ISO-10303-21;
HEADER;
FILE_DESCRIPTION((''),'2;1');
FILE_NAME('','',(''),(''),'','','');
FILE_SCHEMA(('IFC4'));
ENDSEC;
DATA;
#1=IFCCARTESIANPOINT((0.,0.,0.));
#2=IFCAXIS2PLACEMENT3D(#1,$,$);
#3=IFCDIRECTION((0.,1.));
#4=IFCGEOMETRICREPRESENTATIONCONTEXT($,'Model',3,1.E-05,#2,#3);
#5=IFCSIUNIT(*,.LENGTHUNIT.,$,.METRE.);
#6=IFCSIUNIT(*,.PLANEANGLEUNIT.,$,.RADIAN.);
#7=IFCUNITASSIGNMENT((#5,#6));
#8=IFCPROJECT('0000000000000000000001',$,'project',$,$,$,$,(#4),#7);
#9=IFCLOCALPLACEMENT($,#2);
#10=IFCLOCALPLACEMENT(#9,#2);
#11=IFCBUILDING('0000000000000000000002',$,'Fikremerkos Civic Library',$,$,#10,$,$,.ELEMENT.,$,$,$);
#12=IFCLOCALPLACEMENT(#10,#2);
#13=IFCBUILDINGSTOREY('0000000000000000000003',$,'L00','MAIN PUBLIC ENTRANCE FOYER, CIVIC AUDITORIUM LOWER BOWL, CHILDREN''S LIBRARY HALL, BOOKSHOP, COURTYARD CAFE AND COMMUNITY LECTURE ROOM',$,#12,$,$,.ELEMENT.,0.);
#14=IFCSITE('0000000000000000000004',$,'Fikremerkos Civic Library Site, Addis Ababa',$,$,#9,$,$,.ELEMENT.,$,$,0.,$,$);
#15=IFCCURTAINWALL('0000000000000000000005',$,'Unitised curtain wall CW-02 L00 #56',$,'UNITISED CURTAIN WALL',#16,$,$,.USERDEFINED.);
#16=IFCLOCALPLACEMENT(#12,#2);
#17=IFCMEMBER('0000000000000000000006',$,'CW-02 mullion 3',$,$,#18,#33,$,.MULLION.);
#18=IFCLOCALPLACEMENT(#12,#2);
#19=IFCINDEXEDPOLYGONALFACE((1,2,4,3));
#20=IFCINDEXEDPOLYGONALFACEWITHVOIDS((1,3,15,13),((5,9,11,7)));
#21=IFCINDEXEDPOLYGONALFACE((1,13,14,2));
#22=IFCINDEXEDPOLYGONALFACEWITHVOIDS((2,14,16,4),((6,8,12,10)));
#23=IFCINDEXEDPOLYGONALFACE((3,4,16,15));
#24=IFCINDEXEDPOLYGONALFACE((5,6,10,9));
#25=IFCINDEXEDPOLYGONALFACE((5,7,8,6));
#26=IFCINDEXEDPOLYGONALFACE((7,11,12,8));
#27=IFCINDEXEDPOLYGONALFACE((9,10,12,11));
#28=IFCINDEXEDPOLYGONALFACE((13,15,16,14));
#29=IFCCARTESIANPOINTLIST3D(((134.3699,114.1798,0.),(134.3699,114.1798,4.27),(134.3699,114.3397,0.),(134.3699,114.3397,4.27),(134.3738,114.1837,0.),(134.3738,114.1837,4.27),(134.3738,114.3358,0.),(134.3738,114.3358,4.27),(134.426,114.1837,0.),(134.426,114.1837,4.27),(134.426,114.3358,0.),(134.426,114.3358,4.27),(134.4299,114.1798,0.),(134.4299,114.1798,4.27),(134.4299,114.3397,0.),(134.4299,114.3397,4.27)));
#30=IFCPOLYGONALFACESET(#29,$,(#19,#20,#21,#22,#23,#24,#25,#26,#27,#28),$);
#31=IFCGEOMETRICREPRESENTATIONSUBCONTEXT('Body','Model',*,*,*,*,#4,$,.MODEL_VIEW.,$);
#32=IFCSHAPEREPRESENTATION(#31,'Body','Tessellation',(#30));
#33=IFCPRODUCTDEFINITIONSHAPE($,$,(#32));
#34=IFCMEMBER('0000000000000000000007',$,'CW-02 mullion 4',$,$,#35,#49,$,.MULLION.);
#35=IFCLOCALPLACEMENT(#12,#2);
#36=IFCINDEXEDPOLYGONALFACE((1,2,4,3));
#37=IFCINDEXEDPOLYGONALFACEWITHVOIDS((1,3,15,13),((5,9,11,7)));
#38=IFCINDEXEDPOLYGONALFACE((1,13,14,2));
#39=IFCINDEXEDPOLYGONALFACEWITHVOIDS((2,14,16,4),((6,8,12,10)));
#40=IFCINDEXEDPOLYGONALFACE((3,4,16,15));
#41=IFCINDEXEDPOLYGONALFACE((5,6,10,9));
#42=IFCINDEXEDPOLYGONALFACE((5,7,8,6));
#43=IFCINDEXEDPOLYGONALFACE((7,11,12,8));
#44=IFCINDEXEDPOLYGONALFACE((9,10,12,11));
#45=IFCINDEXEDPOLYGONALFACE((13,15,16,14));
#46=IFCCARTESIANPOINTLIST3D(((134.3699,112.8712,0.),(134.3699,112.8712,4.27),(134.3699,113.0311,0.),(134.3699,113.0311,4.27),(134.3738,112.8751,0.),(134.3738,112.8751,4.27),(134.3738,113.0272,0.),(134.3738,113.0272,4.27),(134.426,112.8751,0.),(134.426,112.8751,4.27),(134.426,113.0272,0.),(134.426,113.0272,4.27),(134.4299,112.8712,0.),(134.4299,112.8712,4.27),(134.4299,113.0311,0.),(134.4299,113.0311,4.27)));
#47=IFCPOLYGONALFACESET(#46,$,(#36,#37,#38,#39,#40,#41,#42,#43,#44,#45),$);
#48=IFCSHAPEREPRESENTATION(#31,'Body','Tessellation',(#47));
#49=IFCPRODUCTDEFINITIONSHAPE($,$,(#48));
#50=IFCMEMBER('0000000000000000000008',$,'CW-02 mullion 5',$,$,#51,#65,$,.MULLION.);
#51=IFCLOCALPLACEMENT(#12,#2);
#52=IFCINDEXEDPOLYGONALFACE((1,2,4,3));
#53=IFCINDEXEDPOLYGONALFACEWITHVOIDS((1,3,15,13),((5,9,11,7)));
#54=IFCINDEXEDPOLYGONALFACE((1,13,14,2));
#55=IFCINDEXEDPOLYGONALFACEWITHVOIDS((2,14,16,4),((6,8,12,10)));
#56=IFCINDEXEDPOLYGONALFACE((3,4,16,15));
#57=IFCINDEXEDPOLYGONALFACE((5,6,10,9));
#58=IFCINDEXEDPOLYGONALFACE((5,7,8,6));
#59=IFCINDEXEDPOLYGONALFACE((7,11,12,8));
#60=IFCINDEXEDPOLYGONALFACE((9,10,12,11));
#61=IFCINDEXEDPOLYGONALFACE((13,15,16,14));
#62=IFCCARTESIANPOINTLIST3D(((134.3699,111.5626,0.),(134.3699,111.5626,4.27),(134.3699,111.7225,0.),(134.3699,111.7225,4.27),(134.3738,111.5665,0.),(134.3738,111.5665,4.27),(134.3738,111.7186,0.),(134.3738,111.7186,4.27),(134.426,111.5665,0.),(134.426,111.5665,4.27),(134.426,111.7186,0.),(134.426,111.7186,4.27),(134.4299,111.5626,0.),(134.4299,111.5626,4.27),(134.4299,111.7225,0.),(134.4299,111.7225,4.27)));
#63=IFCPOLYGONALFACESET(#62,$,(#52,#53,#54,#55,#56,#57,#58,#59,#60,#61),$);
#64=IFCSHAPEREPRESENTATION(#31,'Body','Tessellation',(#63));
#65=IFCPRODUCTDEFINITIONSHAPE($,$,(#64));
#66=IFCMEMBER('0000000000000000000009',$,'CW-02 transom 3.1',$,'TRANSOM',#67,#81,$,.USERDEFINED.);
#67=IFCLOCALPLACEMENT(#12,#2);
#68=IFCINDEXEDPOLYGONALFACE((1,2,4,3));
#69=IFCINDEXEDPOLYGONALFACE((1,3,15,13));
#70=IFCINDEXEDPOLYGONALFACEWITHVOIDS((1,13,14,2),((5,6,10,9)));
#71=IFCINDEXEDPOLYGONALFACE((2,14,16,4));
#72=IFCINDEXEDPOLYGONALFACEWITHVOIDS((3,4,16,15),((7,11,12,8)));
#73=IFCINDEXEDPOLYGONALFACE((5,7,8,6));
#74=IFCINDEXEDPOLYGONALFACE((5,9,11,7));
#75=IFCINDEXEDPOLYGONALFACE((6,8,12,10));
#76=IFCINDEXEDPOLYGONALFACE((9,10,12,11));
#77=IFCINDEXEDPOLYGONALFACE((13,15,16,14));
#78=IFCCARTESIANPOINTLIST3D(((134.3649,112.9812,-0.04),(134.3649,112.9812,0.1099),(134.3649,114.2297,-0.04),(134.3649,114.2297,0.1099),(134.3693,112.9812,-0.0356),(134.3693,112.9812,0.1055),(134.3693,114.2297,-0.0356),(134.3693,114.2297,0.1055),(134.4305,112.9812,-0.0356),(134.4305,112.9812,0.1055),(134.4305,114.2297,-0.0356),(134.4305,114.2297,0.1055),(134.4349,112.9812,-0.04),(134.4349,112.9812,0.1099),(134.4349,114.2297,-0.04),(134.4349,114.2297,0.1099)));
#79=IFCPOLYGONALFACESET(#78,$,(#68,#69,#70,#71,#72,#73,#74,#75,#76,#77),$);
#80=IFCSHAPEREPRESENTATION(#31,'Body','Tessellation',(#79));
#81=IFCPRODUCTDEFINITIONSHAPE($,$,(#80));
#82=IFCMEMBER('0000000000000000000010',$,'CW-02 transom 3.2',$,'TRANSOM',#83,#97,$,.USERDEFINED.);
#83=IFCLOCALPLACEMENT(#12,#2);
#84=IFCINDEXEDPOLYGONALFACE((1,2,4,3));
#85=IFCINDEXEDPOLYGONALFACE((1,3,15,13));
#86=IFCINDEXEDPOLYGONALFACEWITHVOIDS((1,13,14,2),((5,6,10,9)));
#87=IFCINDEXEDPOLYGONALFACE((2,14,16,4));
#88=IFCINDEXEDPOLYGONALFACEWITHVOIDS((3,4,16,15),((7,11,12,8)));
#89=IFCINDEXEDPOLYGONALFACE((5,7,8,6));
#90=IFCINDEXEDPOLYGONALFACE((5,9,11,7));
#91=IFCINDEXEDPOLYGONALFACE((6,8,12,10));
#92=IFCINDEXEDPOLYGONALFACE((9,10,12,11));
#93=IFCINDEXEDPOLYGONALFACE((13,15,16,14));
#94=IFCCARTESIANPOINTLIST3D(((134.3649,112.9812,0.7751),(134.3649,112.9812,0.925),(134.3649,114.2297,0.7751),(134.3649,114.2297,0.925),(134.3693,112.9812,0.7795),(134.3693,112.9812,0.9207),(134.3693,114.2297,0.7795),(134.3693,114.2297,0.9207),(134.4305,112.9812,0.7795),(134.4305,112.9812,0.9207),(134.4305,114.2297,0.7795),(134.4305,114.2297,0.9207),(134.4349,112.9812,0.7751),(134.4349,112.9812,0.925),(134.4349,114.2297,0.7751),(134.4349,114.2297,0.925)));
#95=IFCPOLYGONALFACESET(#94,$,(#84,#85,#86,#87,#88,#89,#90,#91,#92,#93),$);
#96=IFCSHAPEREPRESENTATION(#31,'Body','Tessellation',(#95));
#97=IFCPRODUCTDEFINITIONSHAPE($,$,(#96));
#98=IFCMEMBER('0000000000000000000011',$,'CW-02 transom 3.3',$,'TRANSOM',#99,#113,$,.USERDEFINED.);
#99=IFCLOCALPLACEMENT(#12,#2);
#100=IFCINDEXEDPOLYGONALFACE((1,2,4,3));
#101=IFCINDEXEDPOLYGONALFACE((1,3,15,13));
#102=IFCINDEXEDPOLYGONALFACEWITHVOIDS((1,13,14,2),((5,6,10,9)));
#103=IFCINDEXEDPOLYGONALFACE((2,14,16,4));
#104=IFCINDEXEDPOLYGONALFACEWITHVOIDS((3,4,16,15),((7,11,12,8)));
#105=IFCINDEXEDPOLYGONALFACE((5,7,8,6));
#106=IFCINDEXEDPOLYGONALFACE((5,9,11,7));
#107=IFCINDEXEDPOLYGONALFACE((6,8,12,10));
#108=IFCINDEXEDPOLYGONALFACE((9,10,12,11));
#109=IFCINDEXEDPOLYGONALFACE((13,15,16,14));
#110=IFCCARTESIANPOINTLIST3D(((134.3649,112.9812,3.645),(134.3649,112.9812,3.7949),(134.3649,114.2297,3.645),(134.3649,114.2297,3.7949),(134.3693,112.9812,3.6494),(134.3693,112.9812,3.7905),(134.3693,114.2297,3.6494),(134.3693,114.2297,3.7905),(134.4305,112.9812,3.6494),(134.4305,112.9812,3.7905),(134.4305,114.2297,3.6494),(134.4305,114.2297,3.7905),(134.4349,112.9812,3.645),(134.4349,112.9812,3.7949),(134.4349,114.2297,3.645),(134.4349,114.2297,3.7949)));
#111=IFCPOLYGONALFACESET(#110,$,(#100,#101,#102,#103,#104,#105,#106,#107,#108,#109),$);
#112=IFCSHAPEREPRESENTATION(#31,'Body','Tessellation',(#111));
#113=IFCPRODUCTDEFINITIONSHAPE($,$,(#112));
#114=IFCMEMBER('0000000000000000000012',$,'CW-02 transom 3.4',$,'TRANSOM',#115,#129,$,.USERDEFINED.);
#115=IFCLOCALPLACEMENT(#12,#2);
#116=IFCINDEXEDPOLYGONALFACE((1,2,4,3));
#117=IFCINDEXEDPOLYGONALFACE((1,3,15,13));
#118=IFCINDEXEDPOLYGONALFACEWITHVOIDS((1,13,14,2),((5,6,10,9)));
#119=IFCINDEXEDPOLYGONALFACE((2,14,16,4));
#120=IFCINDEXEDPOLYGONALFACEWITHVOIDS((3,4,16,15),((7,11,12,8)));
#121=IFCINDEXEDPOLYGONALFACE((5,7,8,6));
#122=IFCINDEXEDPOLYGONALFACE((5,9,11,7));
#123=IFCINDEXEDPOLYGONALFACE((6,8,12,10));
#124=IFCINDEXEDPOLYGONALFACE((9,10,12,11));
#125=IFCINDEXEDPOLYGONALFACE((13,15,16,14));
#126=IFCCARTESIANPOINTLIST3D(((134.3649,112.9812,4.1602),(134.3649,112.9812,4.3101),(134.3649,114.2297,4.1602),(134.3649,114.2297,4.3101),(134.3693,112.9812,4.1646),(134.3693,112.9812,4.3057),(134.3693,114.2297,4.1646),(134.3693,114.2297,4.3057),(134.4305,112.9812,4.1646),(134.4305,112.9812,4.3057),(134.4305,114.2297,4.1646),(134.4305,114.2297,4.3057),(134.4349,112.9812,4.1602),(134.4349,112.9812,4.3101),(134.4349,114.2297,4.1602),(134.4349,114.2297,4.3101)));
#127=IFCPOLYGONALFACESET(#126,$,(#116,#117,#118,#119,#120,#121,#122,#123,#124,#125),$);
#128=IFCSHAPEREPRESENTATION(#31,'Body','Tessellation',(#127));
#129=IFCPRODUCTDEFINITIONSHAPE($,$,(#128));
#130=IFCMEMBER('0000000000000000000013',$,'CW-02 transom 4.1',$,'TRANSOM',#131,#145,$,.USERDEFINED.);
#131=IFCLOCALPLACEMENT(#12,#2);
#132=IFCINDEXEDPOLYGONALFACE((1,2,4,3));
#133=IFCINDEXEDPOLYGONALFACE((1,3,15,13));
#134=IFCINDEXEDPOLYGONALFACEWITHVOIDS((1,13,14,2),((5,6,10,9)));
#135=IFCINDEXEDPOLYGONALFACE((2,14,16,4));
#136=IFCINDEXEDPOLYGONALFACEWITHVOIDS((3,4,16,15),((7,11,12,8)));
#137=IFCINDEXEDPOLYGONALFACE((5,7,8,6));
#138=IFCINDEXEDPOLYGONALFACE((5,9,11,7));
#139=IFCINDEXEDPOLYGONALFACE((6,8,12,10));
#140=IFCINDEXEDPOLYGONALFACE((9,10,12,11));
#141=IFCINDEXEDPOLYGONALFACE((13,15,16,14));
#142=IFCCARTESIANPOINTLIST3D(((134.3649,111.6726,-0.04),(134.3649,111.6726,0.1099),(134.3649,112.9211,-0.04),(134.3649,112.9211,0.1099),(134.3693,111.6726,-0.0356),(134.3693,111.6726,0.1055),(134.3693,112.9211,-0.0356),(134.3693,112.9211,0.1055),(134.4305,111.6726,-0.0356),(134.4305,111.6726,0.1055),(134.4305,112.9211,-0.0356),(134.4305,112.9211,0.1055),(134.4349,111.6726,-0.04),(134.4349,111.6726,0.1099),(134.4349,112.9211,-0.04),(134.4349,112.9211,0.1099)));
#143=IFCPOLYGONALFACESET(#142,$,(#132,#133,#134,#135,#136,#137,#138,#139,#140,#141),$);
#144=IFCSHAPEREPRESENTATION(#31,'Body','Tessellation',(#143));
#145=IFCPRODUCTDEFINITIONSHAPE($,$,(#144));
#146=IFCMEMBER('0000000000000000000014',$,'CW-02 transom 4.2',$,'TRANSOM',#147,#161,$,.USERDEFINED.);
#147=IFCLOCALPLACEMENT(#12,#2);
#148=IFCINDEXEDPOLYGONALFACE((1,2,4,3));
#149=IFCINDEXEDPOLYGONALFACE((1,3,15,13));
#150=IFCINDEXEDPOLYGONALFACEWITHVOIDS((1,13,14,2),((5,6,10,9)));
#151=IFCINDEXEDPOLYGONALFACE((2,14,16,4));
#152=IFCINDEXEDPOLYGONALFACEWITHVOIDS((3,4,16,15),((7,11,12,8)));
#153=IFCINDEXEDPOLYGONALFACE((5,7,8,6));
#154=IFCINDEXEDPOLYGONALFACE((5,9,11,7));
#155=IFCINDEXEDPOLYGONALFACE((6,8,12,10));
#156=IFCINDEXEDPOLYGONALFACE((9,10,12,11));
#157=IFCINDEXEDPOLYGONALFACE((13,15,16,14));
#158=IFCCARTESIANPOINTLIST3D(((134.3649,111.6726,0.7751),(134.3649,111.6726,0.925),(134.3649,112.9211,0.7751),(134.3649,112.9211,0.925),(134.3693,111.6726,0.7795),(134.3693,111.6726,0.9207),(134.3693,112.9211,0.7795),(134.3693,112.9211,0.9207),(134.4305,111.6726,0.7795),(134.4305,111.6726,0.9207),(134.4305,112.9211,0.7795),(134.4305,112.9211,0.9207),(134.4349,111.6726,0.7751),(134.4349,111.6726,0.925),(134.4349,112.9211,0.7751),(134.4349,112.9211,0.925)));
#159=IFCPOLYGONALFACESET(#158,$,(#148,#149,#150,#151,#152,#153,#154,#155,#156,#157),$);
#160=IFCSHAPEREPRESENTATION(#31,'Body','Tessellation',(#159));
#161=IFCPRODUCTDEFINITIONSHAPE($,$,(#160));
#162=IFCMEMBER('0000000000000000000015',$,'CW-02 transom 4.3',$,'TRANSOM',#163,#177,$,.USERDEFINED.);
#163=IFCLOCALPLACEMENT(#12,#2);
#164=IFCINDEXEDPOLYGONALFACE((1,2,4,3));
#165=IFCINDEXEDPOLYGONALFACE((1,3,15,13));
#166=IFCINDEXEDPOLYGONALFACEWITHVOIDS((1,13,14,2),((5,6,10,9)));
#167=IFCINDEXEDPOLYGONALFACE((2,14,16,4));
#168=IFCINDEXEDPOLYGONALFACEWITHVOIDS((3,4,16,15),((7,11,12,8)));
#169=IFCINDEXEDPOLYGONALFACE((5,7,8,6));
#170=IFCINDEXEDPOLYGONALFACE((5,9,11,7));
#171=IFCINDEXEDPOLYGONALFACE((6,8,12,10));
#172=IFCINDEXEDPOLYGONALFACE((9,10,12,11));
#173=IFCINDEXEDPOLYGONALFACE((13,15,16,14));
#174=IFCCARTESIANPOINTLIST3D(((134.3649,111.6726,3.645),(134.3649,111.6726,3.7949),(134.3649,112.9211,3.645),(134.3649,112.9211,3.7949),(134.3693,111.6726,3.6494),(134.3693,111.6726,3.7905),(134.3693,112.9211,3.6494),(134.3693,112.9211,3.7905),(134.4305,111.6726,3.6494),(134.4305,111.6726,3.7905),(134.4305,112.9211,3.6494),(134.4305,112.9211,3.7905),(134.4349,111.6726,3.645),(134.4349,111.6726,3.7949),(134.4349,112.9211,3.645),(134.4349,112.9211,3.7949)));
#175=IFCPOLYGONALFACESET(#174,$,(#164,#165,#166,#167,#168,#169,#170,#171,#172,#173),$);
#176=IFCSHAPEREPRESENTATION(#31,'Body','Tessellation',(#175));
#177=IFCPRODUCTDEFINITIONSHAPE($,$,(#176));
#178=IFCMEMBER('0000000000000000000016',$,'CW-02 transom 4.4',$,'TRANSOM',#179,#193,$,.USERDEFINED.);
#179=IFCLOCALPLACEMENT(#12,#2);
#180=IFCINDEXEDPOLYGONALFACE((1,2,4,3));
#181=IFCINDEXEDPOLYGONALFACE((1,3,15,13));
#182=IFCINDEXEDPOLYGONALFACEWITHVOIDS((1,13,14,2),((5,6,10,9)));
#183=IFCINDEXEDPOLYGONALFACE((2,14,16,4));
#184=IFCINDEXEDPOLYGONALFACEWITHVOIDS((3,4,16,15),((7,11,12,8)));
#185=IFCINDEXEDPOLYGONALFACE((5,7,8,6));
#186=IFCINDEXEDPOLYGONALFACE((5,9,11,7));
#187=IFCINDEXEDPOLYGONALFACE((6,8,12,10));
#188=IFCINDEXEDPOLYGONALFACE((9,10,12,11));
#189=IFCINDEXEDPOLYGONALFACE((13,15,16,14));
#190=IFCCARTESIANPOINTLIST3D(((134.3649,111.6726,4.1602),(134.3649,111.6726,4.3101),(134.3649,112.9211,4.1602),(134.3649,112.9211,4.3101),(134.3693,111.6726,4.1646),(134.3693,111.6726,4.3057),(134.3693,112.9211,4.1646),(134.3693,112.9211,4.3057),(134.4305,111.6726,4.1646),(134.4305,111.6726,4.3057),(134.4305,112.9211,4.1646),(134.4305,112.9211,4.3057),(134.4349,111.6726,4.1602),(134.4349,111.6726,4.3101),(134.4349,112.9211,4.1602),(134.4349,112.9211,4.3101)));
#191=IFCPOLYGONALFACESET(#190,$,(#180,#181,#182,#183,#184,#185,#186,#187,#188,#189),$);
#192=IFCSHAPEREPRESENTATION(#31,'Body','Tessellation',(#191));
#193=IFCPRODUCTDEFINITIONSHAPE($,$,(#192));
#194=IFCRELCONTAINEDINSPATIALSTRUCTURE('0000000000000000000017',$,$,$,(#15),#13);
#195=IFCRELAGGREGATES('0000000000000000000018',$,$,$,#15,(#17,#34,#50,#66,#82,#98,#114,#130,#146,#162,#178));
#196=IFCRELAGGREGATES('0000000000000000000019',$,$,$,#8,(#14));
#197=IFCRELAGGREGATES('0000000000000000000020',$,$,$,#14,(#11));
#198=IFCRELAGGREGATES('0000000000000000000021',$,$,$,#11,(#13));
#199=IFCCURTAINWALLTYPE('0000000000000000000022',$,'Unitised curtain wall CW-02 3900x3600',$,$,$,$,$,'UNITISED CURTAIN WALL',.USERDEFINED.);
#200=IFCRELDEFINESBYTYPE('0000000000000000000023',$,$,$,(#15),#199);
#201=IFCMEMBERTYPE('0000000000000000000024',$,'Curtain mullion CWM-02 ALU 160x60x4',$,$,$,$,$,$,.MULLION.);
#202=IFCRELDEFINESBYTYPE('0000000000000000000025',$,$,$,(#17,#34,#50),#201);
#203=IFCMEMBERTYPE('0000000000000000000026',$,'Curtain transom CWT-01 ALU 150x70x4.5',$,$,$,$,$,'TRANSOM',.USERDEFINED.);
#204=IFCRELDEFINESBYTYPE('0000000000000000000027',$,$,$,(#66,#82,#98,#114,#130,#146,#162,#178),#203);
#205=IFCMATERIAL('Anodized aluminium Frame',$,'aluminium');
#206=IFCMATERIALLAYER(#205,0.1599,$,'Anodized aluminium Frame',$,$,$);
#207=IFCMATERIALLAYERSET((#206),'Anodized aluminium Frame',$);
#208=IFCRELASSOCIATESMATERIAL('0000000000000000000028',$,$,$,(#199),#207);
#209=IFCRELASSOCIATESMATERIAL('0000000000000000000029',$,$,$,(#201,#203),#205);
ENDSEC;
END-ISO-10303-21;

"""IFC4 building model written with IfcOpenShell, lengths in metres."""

from ifc_helpers import new_model, si_unit, direction, frame, origin, origin_2d, place, context, subcontext, project, spatial, hollow_rectangle, extrude, material, layer, layer_set, material_profile, profile_set, type_object, element, aggregate, save


model = new_model("IFC4")

# Units and contexts
model_context = context("Model", 3, precision=1e-05, world=origin(), true_north=direction((0.0, 1.0)))
body_context = subcontext(model_context, "Body", "Model", "MODEL_VIEW")
ifc_project = project(units=[si_unit("LENGTHUNIT", "METRE"), si_unit("PLANEANGLEUNIT", "RADIAN")], contexts=[model_context])

# Site, building, storey
site_placement = place(None, origin())
site = spatial("IfcSite", under=ifc_project, at=site_placement, Name="Fikremerkos Civic Library Site, Addis Ababa", CompositionType="ELEMENT", RefElevation=0.0)
building_placement = place(site_placement, origin())
building = spatial("IfcBuilding", under=site, at=building_placement, Name="Fikremerkos Civic Library", CompositionType="ELEMENT")
storey_placement = place(building_placement, origin())
storey = spatial("IfcBuildingStorey", under=building, at=storey_placement, Name="L00", Description="MAIN PUBLIC ENTRANCE FOYER, CIVIC AUDITORIUM LOWER BOWL, CHILDREN'S LIBRARY HALL, BOOKSHOP, COURTYARD CAFE AND COMMUNITY LECTURE ROOM", CompositionType="ELEMENT", Elevation=0.0)

# Curtain wall, members
ifc_material_1 = material(Name="Anodized aluminium Frame", Category="aluminium")
ifc_layer_1 = layer(ifc_material_1, 0.1599, Name="Anodized aluminium Frame")
ifc_layer_set_1 = layer_set([ifc_layer_1], Name="Anodized aluminium Frame")
curtain_wall_type = type_object("IfcCurtainWallType", Name="Unitised curtain wall CW-02 3900x3600", ElementType="UNITISED CURTAIN WALL", PredefinedType="USERDEFINED", material=ifc_layer_set_1)
curtain_wall_placement = place(storey_placement, origin())
curtain_wall = element("IfcCurtainWall", 1, at=curtain_wall_placement, inside=storey, type_object=curtain_wall_type, Name="Unitised curtain wall CW-02 L00 #56", ObjectType="UNITISED CURTAIN WALL", PredefinedType="USERDEFINED")
ifc_material_profile_1 = material_profile(ifc_material_1, hollow_rectangle(XDim=0.0601, YDim=0.1599, WallThickness=0.0039, at=origin_2d()), Name="ALU 160x60x4")
ifc_profile_set_1 = profile_set([ifc_material_profile_1], Name="Anodized aluminium Frame")
member_type_1 = type_object("IfcMemberType", Name="Curtain mullion CWM-02 ALU 160x60x4", PredefinedType="MULLION", material=ifc_profile_set_1)
member_1_placement = place(storey_placement, frame((134.3999, 114.2598, 0.0), z_axis=(0.0, 0.0, 1.0), x_axis=(1.0, 0.0, 0.0)))
member_1 = element("IfcMember", 2, at=member_1_placement, type_object=member_type_1, Name="CW-02 mullion 3", PredefinedType="MULLION", context=body_context, shape_type="SweptSolid", body=[
    extrude(hollow_rectangle(XDim=0.0601, YDim=0.1599, WallThickness=0.0039, at=origin_2d()), origin(), (0.0, 0.0, 1.0), 4.27),
])
member_2_placement = place(storey_placement, frame((134.3999, 112.9512, 0.0), z_axis=(0.0, 0.0, 1.0), x_axis=(1.0, 0.0, 0.0)))
member_2 = element("IfcMember", 3, at=member_2_placement, type_object=member_type_1, Name="CW-02 mullion 4", PredefinedType="MULLION", context=body_context, shape_type="SweptSolid", body=[
    extrude(hollow_rectangle(XDim=0.0601, YDim=0.1599, WallThickness=0.0039, at=origin_2d()), origin(), (0.0, 0.0, 1.0), 4.27),
])
member_3_placement = place(storey_placement, frame((134.3999, 111.6426, 0.0), z_axis=(0.0, 0.0, 1.0), x_axis=(1.0, 0.0, 0.0)))
member_3 = element("IfcMember", 4, at=member_3_placement, type_object=member_type_1, Name="CW-02 mullion 5", PredefinedType="MULLION", context=body_context, shape_type="SweptSolid", body=[
    extrude(hollow_rectangle(XDim=0.0601, YDim=0.1599, WallThickness=0.0039, at=origin_2d()), origin(), (0.0, 0.0, 1.0), 4.27),
])
ifc_material_profile_2 = material_profile(ifc_material_1, hollow_rectangle(XDim=0.0701, YDim=0.1499, WallThickness=0.0044, at=origin_2d()), Name="ALU 150x70x4.5")
ifc_profile_set_2 = profile_set([ifc_material_profile_2], Name="Anodized aluminium Frame")
member_type_2 = type_object("IfcMemberType", Name="Curtain transom CWT-01 ALU 150x70x4.5", ElementType="TRANSOM", PredefinedType="USERDEFINED", material=ifc_profile_set_2)
member_4_placement = place(storey_placement, frame((134.3999, 114.2297, 0.0349), z_axis=(0.0, -1.0, 0.0), x_axis=(1.0, 0.0, 0.0)))
member_4 = element("IfcMember", 5, at=member_4_placement, type_object=member_type_2, Name="CW-02 transom 3.1", ObjectType="TRANSOM", PredefinedType="USERDEFINED", context=body_context, shape_type="SweptSolid", body=[
    extrude(hollow_rectangle(XDim=0.0701, YDim=0.1499, WallThickness=0.0044, at=origin_2d()), origin(), (0.0, 0.0, 1.0), 1.2485),
])
member_5_placement = place(storey_placement, frame((134.3999, 114.2297, 0.8501), z_axis=(0.0, -1.0, 0.0), x_axis=(1.0, 0.0, 0.0)))
member_5 = element("IfcMember", 6, at=member_5_placement, type_object=member_type_2, Name="CW-02 transom 3.2", ObjectType="TRANSOM", PredefinedType="USERDEFINED", context=body_context, shape_type="SweptSolid", body=[
    extrude(hollow_rectangle(XDim=0.0701, YDim=0.1499, WallThickness=0.0044, at=origin_2d()), origin(), (0.0, 0.0, 1.0), 1.2485),
])
member_6_placement = place(storey_placement, frame((134.3999, 114.2297, 3.72), z_axis=(0.0, -1.0, 0.0), x_axis=(1.0, 0.0, 0.0)))
member_6 = element("IfcMember", 7, at=member_6_placement, type_object=member_type_2, Name="CW-02 transom 3.3", ObjectType="TRANSOM", PredefinedType="USERDEFINED", context=body_context, shape_type="SweptSolid", body=[
    extrude(hollow_rectangle(XDim=0.0701, YDim=0.1499, WallThickness=0.0044, at=origin_2d()), origin(), (0.0, 0.0, 1.0), 1.2485),
])
member_7_placement = place(storey_placement, frame((134.3999, 114.2297, 4.2351), z_axis=(0.0, -1.0, 0.0), x_axis=(1.0, 0.0, 0.0)))
member_7 = element("IfcMember", 8, at=member_7_placement, type_object=member_type_2, Name="CW-02 transom 3.4", ObjectType="TRANSOM", PredefinedType="USERDEFINED", context=body_context, shape_type="SweptSolid", body=[
    extrude(hollow_rectangle(XDim=0.0701, YDim=0.1499, WallThickness=0.0044, at=origin_2d()), origin(), (0.0, 0.0, 1.0), 1.2485),
])
member_8_placement = place(storey_placement, frame((134.3999, 112.9211, 0.0349), z_axis=(0.0, -1.0, 0.0), x_axis=(1.0, 0.0, 0.0)))
member_8 = element("IfcMember", 9, at=member_8_placement, type_object=member_type_2, Name="CW-02 transom 4.1", ObjectType="TRANSOM", PredefinedType="USERDEFINED", context=body_context, shape_type="SweptSolid", body=[
    extrude(hollow_rectangle(XDim=0.0701, YDim=0.1499, WallThickness=0.0044, at=origin_2d()), origin(), (0.0, 0.0, 1.0), 1.2485),
])
member_9_placement = place(storey_placement, frame((134.3999, 112.9211, 0.8501), z_axis=(0.0, -1.0, 0.0), x_axis=(1.0, 0.0, 0.0)))
member_9 = element("IfcMember", 10, at=member_9_placement, type_object=member_type_2, Name="CW-02 transom 4.2", ObjectType="TRANSOM", PredefinedType="USERDEFINED", context=body_context, shape_type="SweptSolid", body=[
    extrude(hollow_rectangle(XDim=0.0701, YDim=0.1499, WallThickness=0.0044, at=origin_2d()), origin(), (0.0, 0.0, 1.0), 1.2485),
])
member_10_placement = place(storey_placement, frame((134.3999, 112.9211, 3.72), z_axis=(0.0, -1.0, 0.0), x_axis=(1.0, 0.0, 0.0)))
member_10 = element("IfcMember", 11, at=member_10_placement, type_object=member_type_2, Name="CW-02 transom 4.3", ObjectType="TRANSOM", PredefinedType="USERDEFINED", context=body_context, shape_type="SweptSolid", body=[
    extrude(hollow_rectangle(XDim=0.0701, YDim=0.1499, WallThickness=0.0044, at=origin_2d()), origin(), (0.0, 0.0, 1.0), 1.2485),
])
member_11_placement = place(storey_placement, frame((134.3999, 112.9211, 4.2351), z_axis=(0.0, -1.0, 0.0), x_axis=(1.0, 0.0, 0.0)))
member_11 = element("IfcMember", 12, at=member_11_placement, type_object=member_type_2, Name="CW-02 transom 4.4", ObjectType="TRANSOM", PredefinedType="USERDEFINED", context=body_context, shape_type="SweptSolid", body=[
    extrude(hollow_rectangle(XDim=0.0701, YDim=0.1499, WallThickness=0.0044, at=origin_2d()), origin(), (0.0, 0.0, 1.0), 1.2485),
])
aggregate(curtain_wall, [member_1, member_2, member_3, member_4, member_5, member_6, member_7, member_8, member_9, member_10, member_11])

save(model, "model.ifc")
